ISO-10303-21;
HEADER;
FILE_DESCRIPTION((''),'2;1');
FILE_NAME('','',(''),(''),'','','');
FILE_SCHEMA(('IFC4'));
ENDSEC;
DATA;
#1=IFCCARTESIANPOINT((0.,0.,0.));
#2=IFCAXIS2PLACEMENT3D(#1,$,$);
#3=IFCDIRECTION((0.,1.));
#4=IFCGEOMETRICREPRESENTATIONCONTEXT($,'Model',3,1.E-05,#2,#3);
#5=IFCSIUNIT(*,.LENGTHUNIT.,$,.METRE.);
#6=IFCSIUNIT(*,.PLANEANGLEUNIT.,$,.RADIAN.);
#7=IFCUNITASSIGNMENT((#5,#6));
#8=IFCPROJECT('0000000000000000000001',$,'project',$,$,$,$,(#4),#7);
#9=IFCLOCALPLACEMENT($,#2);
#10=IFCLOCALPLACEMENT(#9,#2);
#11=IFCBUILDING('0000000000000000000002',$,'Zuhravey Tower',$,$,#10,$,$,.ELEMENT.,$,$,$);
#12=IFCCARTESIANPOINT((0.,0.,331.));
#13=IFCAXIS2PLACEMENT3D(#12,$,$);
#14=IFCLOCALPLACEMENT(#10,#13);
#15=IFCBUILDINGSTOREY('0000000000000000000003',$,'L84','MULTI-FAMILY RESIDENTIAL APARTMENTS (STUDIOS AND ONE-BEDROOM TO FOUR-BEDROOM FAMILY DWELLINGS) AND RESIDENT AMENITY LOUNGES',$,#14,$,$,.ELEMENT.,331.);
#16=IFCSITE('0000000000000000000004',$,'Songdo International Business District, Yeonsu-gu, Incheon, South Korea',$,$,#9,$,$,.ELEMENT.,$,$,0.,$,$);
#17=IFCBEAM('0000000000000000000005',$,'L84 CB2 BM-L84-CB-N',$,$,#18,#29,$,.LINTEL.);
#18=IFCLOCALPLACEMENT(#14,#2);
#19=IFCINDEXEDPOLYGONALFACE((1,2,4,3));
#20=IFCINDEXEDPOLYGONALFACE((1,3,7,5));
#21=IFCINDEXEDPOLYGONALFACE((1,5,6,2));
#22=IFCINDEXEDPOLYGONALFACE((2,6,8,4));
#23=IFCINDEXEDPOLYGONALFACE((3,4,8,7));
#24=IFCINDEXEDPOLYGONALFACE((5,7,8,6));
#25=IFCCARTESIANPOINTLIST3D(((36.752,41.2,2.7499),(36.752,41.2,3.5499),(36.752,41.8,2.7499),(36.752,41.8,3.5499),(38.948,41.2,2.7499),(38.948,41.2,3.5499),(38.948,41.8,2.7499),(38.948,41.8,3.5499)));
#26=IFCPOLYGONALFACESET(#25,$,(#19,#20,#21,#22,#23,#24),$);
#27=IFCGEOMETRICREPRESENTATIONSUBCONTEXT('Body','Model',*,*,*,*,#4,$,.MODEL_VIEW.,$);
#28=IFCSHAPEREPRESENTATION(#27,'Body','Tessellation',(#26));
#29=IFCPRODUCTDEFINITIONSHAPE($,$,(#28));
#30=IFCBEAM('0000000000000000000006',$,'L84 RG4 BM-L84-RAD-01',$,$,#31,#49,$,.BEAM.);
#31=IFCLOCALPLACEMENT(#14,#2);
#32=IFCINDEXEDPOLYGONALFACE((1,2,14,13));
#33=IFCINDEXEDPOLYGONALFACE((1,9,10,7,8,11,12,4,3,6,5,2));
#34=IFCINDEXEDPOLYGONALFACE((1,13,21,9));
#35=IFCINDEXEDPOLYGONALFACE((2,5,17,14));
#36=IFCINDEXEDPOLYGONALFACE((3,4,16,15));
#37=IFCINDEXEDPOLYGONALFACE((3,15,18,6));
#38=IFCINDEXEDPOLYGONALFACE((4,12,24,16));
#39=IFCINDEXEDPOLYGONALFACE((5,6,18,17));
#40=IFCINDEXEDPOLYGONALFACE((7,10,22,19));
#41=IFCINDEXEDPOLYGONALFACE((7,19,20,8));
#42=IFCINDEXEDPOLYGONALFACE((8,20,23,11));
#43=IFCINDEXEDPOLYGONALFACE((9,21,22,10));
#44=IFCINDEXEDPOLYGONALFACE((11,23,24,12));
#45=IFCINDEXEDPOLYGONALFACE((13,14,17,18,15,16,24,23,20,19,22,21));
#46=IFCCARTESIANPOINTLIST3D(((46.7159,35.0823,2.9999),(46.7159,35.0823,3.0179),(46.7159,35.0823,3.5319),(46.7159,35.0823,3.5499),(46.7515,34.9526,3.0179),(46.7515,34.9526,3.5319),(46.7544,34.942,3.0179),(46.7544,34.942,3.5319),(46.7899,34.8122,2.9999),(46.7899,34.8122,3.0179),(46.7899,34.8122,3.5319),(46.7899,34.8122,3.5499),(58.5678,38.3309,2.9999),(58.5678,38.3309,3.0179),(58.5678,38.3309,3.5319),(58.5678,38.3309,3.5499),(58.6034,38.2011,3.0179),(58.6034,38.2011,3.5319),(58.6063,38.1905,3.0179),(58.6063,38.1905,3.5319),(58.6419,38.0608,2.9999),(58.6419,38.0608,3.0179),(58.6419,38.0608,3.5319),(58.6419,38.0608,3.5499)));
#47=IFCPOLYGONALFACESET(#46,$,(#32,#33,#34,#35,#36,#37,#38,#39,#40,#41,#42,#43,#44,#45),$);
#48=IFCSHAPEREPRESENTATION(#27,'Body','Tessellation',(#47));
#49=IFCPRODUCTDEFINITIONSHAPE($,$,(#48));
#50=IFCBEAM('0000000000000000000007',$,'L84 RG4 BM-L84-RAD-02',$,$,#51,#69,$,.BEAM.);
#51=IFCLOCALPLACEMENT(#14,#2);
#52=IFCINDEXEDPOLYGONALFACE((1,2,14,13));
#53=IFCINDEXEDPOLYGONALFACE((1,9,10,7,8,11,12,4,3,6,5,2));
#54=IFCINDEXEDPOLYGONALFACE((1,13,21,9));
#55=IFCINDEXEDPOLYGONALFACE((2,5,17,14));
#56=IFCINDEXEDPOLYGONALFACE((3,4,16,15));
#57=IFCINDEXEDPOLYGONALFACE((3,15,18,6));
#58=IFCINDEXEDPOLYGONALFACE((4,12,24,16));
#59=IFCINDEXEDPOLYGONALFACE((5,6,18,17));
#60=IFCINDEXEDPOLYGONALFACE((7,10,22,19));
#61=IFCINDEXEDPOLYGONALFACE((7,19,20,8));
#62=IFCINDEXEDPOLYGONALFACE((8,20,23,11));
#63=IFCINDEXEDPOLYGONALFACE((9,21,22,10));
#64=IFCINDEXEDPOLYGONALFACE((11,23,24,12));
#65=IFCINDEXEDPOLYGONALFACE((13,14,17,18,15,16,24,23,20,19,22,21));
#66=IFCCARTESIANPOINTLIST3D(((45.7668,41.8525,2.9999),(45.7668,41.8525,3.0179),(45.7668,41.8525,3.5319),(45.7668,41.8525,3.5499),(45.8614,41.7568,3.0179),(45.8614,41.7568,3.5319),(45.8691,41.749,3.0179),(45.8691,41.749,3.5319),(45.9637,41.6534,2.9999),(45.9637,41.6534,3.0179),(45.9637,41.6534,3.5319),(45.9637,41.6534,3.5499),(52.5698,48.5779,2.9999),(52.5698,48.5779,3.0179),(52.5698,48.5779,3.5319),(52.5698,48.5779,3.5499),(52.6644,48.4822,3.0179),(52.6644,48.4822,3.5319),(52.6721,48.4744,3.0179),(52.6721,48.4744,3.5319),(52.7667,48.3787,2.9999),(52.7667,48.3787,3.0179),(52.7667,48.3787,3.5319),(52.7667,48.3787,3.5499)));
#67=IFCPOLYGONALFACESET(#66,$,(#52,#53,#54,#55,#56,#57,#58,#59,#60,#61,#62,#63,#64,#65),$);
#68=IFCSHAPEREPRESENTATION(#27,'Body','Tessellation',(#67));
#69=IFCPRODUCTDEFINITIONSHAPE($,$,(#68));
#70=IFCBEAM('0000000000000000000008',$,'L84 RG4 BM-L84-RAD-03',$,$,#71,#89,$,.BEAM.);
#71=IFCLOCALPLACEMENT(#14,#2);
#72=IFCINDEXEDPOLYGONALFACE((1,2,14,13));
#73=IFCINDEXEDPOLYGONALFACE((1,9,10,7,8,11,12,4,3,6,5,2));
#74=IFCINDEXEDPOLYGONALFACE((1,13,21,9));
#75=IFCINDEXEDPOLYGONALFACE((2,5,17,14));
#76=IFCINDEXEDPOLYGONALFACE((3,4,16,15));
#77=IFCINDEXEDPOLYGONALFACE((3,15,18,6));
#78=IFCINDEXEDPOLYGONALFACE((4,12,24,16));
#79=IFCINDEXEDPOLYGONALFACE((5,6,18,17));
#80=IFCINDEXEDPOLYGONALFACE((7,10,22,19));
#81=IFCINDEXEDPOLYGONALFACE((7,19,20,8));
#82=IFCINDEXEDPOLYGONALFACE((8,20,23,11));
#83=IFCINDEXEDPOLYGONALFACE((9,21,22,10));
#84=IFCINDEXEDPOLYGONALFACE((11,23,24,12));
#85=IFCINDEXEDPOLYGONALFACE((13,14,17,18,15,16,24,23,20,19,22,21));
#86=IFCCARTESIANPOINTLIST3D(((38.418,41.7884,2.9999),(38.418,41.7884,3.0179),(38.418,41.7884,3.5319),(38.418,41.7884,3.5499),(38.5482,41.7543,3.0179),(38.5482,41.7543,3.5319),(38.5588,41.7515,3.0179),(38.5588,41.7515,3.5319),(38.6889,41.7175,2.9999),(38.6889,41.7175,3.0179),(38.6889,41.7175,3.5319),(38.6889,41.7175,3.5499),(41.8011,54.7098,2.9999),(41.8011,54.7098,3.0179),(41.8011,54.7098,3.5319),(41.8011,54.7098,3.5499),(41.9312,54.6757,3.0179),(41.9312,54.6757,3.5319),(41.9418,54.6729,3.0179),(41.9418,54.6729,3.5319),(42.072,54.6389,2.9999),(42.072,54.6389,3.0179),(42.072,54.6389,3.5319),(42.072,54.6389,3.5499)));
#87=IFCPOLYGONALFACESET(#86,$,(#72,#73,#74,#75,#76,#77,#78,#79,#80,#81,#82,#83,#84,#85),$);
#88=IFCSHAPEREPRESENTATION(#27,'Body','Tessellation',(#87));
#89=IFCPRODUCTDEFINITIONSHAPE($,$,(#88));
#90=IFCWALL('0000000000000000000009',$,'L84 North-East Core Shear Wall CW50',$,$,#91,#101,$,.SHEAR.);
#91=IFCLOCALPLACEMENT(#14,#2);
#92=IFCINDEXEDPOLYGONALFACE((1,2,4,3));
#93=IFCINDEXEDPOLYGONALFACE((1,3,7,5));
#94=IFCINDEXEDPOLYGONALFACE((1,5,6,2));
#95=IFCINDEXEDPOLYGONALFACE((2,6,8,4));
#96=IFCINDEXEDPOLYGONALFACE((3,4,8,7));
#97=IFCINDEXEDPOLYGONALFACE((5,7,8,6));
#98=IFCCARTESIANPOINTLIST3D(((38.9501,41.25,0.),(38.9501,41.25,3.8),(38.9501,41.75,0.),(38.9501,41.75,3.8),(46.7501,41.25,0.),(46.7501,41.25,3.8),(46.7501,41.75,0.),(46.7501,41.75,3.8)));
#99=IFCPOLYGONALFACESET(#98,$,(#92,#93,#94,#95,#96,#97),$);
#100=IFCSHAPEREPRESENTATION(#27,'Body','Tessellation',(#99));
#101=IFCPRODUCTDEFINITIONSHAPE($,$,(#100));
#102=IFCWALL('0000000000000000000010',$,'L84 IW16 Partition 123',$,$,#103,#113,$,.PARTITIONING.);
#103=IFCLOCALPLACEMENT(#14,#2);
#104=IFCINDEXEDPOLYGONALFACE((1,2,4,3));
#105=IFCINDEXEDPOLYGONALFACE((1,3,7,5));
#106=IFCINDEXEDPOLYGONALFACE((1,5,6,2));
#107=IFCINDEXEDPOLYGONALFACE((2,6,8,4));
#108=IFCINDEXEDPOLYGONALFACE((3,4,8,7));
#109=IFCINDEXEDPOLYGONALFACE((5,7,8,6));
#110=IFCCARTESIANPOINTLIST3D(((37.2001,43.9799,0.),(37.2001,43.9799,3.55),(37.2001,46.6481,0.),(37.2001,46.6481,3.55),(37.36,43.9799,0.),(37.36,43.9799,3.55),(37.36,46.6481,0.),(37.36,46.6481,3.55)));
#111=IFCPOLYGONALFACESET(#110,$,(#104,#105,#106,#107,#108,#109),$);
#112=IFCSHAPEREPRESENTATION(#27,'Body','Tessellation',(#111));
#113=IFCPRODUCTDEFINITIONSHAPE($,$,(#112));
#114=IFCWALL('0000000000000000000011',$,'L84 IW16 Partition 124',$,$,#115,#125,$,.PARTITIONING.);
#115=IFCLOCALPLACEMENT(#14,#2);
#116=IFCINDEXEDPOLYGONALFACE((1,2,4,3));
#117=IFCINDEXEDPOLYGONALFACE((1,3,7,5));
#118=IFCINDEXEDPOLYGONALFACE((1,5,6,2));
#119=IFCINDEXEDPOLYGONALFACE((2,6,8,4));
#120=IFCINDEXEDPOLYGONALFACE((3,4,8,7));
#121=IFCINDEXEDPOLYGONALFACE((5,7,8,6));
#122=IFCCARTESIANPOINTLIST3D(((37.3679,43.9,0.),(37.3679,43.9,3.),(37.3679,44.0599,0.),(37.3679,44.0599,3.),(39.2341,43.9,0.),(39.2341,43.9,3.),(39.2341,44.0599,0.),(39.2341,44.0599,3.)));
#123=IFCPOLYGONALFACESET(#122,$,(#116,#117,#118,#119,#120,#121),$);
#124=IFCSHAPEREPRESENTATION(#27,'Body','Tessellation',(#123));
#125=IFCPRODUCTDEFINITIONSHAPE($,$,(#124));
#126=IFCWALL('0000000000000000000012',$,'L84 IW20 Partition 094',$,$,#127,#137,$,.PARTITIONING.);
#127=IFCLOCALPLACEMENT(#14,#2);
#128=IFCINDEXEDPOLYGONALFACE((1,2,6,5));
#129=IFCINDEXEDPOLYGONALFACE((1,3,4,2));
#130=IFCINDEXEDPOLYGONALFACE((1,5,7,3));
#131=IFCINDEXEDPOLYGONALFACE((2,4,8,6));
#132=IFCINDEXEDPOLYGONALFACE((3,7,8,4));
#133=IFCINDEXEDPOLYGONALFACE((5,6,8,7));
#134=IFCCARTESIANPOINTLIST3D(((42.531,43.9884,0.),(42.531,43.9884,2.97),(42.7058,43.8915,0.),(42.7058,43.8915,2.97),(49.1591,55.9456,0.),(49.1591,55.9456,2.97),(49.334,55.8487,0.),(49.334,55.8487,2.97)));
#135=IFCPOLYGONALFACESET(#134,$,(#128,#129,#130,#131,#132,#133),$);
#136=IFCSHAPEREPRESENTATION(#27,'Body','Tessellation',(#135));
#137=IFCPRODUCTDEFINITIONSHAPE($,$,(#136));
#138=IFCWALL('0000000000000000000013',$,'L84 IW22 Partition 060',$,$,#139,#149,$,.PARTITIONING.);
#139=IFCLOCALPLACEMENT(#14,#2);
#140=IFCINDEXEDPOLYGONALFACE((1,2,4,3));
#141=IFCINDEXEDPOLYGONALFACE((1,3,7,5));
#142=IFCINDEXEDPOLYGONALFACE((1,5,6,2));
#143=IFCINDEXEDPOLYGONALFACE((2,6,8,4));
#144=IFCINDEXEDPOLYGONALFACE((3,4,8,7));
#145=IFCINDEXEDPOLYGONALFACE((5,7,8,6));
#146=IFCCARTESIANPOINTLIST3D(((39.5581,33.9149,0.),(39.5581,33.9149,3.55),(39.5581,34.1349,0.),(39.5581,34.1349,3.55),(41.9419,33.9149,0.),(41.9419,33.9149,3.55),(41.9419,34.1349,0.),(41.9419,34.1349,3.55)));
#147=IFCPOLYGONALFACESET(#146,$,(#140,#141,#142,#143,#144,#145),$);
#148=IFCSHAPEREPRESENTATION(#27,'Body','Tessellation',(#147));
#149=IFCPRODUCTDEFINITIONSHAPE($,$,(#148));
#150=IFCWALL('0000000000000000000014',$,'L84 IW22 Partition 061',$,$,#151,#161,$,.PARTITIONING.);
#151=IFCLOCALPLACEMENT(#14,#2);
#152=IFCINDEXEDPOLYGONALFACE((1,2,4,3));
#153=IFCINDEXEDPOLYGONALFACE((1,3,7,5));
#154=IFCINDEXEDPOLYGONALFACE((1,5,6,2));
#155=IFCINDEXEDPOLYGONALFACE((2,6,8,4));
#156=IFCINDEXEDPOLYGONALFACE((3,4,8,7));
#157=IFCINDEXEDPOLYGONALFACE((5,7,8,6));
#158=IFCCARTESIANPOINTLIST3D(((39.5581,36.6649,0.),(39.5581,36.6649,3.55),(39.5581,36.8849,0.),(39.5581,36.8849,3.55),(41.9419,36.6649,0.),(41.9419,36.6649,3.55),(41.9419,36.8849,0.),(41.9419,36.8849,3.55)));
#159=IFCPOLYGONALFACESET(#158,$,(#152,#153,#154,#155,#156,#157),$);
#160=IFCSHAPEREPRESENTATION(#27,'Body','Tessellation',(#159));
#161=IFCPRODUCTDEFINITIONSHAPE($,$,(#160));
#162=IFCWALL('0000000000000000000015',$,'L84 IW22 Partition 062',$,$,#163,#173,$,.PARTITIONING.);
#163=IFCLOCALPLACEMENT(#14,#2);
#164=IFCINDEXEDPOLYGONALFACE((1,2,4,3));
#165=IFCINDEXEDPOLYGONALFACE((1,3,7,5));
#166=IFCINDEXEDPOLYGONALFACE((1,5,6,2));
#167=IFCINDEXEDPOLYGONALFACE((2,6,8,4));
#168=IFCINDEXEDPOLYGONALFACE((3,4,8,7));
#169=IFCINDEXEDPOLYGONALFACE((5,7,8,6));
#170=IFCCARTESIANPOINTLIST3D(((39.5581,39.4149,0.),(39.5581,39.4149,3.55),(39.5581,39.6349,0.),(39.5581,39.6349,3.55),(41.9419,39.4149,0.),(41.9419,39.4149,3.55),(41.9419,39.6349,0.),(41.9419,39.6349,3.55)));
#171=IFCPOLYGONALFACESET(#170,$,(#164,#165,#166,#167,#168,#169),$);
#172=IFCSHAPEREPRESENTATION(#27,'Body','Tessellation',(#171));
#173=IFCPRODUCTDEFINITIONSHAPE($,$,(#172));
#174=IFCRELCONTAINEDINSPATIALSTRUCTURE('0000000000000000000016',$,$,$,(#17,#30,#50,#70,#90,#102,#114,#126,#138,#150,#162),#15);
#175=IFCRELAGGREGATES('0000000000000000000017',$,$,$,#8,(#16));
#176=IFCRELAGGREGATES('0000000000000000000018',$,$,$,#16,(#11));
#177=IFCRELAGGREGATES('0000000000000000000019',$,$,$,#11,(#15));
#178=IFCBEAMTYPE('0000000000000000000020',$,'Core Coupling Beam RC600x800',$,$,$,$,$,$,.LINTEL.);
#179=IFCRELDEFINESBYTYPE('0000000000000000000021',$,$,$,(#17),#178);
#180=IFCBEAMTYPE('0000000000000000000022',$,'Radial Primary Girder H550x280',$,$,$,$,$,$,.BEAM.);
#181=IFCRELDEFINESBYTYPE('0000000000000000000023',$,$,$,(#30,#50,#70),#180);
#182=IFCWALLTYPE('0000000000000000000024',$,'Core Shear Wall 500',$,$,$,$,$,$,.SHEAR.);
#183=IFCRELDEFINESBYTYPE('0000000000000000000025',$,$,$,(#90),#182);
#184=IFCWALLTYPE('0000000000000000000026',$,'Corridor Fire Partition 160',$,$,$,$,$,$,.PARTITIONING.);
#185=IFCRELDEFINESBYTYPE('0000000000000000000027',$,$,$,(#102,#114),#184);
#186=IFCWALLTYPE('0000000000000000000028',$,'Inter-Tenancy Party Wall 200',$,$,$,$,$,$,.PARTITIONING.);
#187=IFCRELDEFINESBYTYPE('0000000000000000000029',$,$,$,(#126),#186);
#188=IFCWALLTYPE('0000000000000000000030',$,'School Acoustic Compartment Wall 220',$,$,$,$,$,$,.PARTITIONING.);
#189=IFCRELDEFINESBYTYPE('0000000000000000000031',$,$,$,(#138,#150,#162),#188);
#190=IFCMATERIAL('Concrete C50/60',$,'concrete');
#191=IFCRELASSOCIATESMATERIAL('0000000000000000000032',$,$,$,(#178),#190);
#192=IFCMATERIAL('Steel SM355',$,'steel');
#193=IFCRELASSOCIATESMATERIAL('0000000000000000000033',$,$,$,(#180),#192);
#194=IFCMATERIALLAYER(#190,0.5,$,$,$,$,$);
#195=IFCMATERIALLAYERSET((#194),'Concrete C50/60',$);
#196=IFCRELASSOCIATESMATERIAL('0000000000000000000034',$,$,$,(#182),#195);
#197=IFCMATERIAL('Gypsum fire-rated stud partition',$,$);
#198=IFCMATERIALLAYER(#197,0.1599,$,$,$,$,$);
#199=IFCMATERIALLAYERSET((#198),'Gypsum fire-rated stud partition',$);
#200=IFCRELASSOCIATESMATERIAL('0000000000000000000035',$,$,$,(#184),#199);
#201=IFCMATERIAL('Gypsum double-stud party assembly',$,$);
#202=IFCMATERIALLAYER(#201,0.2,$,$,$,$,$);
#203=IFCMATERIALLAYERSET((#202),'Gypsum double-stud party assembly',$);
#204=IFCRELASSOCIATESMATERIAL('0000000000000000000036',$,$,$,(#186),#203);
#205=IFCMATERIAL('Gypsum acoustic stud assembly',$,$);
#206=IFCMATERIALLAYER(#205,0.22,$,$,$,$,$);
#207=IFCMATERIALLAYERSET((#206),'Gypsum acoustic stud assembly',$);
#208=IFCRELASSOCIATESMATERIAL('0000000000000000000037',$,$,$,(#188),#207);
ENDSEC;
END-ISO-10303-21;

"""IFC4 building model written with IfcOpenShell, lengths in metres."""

from ifc_helpers import new_model, si_unit, direction, frame, frame_2d, origin, origin_2d, place, context, subcontext, project, spatial, rectangle, i_section, extrude, material, layer, layer_set, material_profile, profile_set, type_object, element, save


model = new_model("IFC4")

# Units and contexts
model_context = context("Model", 3, precision=1e-05, world=origin(), true_north=direction((0.0, 1.0)))
body_context = subcontext(model_context, "Body", "Model", "MODEL_VIEW")
ifc_project = project(units=[si_unit("LENGTHUNIT", "METRE"), si_unit("PLANEANGLEUNIT", "RADIAN")], contexts=[model_context])

# Site, building, storey
site_placement = place(None, origin())
site = spatial("IfcSite", under=ifc_project, at=site_placement, Name="Songdo International Business District, Yeonsu-gu, Incheon, South Korea", CompositionType="ELEMENT", RefElevation=0.0)
building_placement = place(site_placement, origin())
building = spatial("IfcBuilding", under=site, at=building_placement, Name="Zuhravey Tower", CompositionType="ELEMENT")
storey_placement = place(building_placement, frame((0.0, 0.0, 331.0)))
storey = spatial("IfcBuildingStorey", under=building, at=storey_placement, Name="L84", Description="MULTI-FAMILY RESIDENTIAL APARTMENTS (STUDIOS AND ONE-BEDROOM TO FOUR-BEDROOM FAMILY DWELLINGS) AND RESIDENT AMENITY LOUNGES", CompositionType="ELEMENT", Elevation=331.0)

# Beams
ifc_material_1 = material(Name="Concrete C50/60", Category="concrete")
ifc_material_profile_1 = material_profile(ifc_material_1, rectangle(XDim=0.6001, YDim=0.8, at=origin_2d()), Name="RC-600x800")
ifc_profile_set_1 = profile_set([ifc_material_profile_1], Name="Concrete C50/60")
beam_type_1 = type_object("IfcBeamType", Name="Core Coupling Beam RC600x800", PredefinedType="LINTEL", material=ifc_profile_set_1)
beam_1_placement = place(storey_placement, frame((36.752, 41.5, 3.1499), z_axis=(1.0, 0.0, 0.0), x_axis=(0.0, 1.0, 0.0)))
element("IfcBeam", 1, at=beam_1_placement, inside=storey, type_object=beam_type_1, Name="L84 CB2 BM-L84-CB-N", PredefinedType="LINTEL", context=body_context, shape_type="SweptSolid", body=[
    extrude(rectangle(XDim=0.6001, YDim=0.8, at=origin_2d()), origin(), (0.0, 0.0, 1.0), 2.196),
])
ifc_material_2 = material(Name="Steel SM355", Category="steel")
ifc_material_profile_2 = material_profile(ifc_material_2, i_section(OverallWidth=0.28, OverallDepth=0.55, WebThickness=0.011, FlangeThickness=0.0181, at=origin_2d()), Name="H-550x280x11x18")
ifc_profile_set_2 = profile_set([ifc_material_profile_2], Name="Steel SM355")
beam_type_2 = type_object("IfcBeamType", Name="Radial Primary Girder H550x280", PredefinedType="BEAM", material=ifc_profile_set_2)
beam_2_placement = place(storey_placement, frame((46.7529, 34.9473, 3.2749), z_axis=(0.964428, 0.264346, 0.0), x_axis=(-0.264346, 0.964428, 0.0)))
element("IfcBeam", 2, at=beam_2_placement, inside=storey, type_object=beam_type_2, Name="L84 RG4 BM-L84-RAD-01", PredefinedType="BEAM", context=body_context, shape_type="SweptSolid", body=[
    extrude(i_section(OverallWidth=0.28, OverallDepth=0.55, WebThickness=0.011, FlangeThickness=0.0181, at=origin_2d()), origin(), (0.0, 0.0, 1.0), 12.2891),
])
beam_3_placement = place(storey_placement, frame((45.8652, 41.7529, 3.2749), z_axis=(0.711153, 0.703037, 0.0), x_axis=(-0.703037, 0.711153, 0.0)))
element("IfcBeam", 3, at=beam_3_placement, inside=storey, type_object=beam_type_2, Name="L84 RG4 BM-L84-RAD-02", PredefinedType="BEAM", context=body_context, shape_type="SweptSolid", body=[
    extrude(i_section(OverallWidth=0.28, OverallDepth=0.55, WebThickness=0.011, FlangeThickness=0.0181, at=origin_2d()), origin(), (0.0, 0.0, 1.0), 9.5662),
])
beam_4_placement = place(storey_placement, frame((38.5535, 41.7529, 3.2749), z_axis=(0.253281, 0.967393, 0.0), x_axis=(-0.967393, 0.253281, 0.0)))
element("IfcBeam", 4, at=beam_4_placement, inside=storey, type_object=beam_type_2, Name="L84 RG4 BM-L84-RAD-03", PredefinedType="BEAM", context=body_context, shape_type="SweptSolid", body=[
    extrude(i_section(OverallWidth=0.28, OverallDepth=0.55, WebThickness=0.011, FlangeThickness=0.0181, at=origin_2d()), origin(), (0.0, 0.0, 1.0), 13.3569),
])

# Wall
ifc_layer_1 = layer(ifc_material_1, 0.5)
ifc_layer_set_1 = layer_set([ifc_layer_1], Name="Concrete C50/60")
wall_type_1 = type_object("IfcWallType", Name="Core Shear Wall 500", PredefinedType="SHEAR", material=ifc_layer_set_1)
wall_1_placement = place(storey_placement, frame((46.75, 41.5, 0.0), z_axis=(0.0, 0.0, 1.0), x_axis=(-1.0, 0.0, 0.0)))
element("IfcWall", 5, at=wall_1_placement, inside=storey, type_object=wall_type_1, Name="L84 North-East Core Shear Wall CW50", PredefinedType="SHEAR", context=body_context, shape_type="SweptSolid", body=[
    extrude(rectangle(XDim=7.8, YDim=0.5, at=frame_2d((3.8999, 0.0))), origin(), (0.0, 0.0, 1.0), 3.8),
])

# Shared definitions
ifc_material_3 = material(Name="Gypsum fire-rated stud partition")
ifc_layer_2 = layer(ifc_material_3, 0.1599)
ifc_layer_set_2 = layer_set([ifc_layer_2], Name="Gypsum fire-rated stud partition")
wall_type_2 = type_object("IfcWallType", Name="Corridor Fire Partition 160", PredefinedType="PARTITIONING", material=ifc_layer_set_2)

# Walls
wall_2_placement = place(storey_placement, frame((37.28, 43.98, 0.0), z_axis=(0.0, 0.0, 1.0), x_axis=(0.0, 1.0, 0.0)))
element("IfcWall", 6, at=wall_2_placement, inside=storey, type_object=wall_type_2, Name="L84 IW16 Partition 123", PredefinedType="PARTITIONING", context=body_context, shape_type="SweptSolid", body=[
    extrude(rectangle(XDim=2.6682, YDim=0.1599, at=frame_2d((1.334, 0.0))), origin(), (0.0, 0.0, 1.0), 3.55),
])
wall_3_placement = place(storey_placement, frame((39.2341, 43.98, 0.0), z_axis=(0.0, 0.0, 1.0), x_axis=(-1.0, 0.0, 0.0)))
element("IfcWall", 7, at=wall_3_placement, inside=storey, type_object=wall_type_2, Name="L84 IW16 Partition 124", PredefinedType="PARTITIONING", context=body_context, shape_type="SweptSolid", body=[
    extrude(rectangle(XDim=1.8662, YDim=0.1599, at=frame_2d((0.9331, 0.0))), origin(), (0.0, 0.0, 1.0), 3.0),
])

# Walls
ifc_material_4 = material(Name="Gypsum double-stud party assembly")
ifc_layer_3 = layer(ifc_material_4, 0.2)
ifc_layer_set_3 = layer_set([ifc_layer_3], Name="Gypsum double-stud party assembly")
wall_type_3 = type_object("IfcWallType", Name="Inter-Tenancy Party Wall 200", PredefinedType="PARTITIONING", material=ifc_layer_set_3)
wall_4_placement = place(storey_placement, frame((42.6184, 43.9399, 0.0), z_axis=(0.0, 0.0, 1.0), x_axis=(0.484818, 0.874615, 0.0)))
element("IfcWall", 8, at=wall_4_placement, inside=storey, type_object=wall_type_3, Name="L84 IW20 Partition 094", PredefinedType="PARTITIONING", context=body_context, shape_type="SweptSolid", body=[
    extrude(rectangle(XDim=13.6714, YDim=0.2, at=frame_2d((6.8357, 0.0))), origin(), (0.0, 0.0, 1.0), 2.97),
])
ifc_material_5 = material(Name="Gypsum acoustic stud assembly")
ifc_layer_4 = layer(ifc_material_5, 0.22)
ifc_layer_set_4 = layer_set([ifc_layer_4], Name="Gypsum acoustic stud assembly")
wall_type_4 = type_object("IfcWallType", Name="School Acoustic Compartment Wall 220", PredefinedType="PARTITIONING", material=ifc_layer_set_4)
for number, where, z_axis, x_axis, name in (
    (9, (39.5581, 34.0249, 0.0), (0.0, 0.0, 1.0), (1.0, 0.0, 0.0), "L84 IW22 Partition 060"),
    (10, (39.5581, 36.7749, 0.0), (0.0, 0.0, 1.0), (1.0, 0.0, 0.0), "L84 IW22 Partition 061"),
    (11, (39.5581, 39.5249, 0.0), (0.0, 0.0, 1.0), (1.0, 0.0, 0.0), "L84 IW22 Partition 062"),
):
    element("IfcWall", number, at=place(storey_placement, frame(where, z_axis=z_axis, x_axis=x_axis)), inside=storey, type_object=wall_type_4, Name=name, PredefinedType="PARTITIONING", context=body_context, shape_type="SweptSolid", body=[
        extrude(rectangle(XDim=2.3838, YDim=0.22, at=frame_2d((1.1919, 0.0))), origin(), (0.0, 0.0, 1.0), 3.55),
    ])

save(model, "model.ifc")
